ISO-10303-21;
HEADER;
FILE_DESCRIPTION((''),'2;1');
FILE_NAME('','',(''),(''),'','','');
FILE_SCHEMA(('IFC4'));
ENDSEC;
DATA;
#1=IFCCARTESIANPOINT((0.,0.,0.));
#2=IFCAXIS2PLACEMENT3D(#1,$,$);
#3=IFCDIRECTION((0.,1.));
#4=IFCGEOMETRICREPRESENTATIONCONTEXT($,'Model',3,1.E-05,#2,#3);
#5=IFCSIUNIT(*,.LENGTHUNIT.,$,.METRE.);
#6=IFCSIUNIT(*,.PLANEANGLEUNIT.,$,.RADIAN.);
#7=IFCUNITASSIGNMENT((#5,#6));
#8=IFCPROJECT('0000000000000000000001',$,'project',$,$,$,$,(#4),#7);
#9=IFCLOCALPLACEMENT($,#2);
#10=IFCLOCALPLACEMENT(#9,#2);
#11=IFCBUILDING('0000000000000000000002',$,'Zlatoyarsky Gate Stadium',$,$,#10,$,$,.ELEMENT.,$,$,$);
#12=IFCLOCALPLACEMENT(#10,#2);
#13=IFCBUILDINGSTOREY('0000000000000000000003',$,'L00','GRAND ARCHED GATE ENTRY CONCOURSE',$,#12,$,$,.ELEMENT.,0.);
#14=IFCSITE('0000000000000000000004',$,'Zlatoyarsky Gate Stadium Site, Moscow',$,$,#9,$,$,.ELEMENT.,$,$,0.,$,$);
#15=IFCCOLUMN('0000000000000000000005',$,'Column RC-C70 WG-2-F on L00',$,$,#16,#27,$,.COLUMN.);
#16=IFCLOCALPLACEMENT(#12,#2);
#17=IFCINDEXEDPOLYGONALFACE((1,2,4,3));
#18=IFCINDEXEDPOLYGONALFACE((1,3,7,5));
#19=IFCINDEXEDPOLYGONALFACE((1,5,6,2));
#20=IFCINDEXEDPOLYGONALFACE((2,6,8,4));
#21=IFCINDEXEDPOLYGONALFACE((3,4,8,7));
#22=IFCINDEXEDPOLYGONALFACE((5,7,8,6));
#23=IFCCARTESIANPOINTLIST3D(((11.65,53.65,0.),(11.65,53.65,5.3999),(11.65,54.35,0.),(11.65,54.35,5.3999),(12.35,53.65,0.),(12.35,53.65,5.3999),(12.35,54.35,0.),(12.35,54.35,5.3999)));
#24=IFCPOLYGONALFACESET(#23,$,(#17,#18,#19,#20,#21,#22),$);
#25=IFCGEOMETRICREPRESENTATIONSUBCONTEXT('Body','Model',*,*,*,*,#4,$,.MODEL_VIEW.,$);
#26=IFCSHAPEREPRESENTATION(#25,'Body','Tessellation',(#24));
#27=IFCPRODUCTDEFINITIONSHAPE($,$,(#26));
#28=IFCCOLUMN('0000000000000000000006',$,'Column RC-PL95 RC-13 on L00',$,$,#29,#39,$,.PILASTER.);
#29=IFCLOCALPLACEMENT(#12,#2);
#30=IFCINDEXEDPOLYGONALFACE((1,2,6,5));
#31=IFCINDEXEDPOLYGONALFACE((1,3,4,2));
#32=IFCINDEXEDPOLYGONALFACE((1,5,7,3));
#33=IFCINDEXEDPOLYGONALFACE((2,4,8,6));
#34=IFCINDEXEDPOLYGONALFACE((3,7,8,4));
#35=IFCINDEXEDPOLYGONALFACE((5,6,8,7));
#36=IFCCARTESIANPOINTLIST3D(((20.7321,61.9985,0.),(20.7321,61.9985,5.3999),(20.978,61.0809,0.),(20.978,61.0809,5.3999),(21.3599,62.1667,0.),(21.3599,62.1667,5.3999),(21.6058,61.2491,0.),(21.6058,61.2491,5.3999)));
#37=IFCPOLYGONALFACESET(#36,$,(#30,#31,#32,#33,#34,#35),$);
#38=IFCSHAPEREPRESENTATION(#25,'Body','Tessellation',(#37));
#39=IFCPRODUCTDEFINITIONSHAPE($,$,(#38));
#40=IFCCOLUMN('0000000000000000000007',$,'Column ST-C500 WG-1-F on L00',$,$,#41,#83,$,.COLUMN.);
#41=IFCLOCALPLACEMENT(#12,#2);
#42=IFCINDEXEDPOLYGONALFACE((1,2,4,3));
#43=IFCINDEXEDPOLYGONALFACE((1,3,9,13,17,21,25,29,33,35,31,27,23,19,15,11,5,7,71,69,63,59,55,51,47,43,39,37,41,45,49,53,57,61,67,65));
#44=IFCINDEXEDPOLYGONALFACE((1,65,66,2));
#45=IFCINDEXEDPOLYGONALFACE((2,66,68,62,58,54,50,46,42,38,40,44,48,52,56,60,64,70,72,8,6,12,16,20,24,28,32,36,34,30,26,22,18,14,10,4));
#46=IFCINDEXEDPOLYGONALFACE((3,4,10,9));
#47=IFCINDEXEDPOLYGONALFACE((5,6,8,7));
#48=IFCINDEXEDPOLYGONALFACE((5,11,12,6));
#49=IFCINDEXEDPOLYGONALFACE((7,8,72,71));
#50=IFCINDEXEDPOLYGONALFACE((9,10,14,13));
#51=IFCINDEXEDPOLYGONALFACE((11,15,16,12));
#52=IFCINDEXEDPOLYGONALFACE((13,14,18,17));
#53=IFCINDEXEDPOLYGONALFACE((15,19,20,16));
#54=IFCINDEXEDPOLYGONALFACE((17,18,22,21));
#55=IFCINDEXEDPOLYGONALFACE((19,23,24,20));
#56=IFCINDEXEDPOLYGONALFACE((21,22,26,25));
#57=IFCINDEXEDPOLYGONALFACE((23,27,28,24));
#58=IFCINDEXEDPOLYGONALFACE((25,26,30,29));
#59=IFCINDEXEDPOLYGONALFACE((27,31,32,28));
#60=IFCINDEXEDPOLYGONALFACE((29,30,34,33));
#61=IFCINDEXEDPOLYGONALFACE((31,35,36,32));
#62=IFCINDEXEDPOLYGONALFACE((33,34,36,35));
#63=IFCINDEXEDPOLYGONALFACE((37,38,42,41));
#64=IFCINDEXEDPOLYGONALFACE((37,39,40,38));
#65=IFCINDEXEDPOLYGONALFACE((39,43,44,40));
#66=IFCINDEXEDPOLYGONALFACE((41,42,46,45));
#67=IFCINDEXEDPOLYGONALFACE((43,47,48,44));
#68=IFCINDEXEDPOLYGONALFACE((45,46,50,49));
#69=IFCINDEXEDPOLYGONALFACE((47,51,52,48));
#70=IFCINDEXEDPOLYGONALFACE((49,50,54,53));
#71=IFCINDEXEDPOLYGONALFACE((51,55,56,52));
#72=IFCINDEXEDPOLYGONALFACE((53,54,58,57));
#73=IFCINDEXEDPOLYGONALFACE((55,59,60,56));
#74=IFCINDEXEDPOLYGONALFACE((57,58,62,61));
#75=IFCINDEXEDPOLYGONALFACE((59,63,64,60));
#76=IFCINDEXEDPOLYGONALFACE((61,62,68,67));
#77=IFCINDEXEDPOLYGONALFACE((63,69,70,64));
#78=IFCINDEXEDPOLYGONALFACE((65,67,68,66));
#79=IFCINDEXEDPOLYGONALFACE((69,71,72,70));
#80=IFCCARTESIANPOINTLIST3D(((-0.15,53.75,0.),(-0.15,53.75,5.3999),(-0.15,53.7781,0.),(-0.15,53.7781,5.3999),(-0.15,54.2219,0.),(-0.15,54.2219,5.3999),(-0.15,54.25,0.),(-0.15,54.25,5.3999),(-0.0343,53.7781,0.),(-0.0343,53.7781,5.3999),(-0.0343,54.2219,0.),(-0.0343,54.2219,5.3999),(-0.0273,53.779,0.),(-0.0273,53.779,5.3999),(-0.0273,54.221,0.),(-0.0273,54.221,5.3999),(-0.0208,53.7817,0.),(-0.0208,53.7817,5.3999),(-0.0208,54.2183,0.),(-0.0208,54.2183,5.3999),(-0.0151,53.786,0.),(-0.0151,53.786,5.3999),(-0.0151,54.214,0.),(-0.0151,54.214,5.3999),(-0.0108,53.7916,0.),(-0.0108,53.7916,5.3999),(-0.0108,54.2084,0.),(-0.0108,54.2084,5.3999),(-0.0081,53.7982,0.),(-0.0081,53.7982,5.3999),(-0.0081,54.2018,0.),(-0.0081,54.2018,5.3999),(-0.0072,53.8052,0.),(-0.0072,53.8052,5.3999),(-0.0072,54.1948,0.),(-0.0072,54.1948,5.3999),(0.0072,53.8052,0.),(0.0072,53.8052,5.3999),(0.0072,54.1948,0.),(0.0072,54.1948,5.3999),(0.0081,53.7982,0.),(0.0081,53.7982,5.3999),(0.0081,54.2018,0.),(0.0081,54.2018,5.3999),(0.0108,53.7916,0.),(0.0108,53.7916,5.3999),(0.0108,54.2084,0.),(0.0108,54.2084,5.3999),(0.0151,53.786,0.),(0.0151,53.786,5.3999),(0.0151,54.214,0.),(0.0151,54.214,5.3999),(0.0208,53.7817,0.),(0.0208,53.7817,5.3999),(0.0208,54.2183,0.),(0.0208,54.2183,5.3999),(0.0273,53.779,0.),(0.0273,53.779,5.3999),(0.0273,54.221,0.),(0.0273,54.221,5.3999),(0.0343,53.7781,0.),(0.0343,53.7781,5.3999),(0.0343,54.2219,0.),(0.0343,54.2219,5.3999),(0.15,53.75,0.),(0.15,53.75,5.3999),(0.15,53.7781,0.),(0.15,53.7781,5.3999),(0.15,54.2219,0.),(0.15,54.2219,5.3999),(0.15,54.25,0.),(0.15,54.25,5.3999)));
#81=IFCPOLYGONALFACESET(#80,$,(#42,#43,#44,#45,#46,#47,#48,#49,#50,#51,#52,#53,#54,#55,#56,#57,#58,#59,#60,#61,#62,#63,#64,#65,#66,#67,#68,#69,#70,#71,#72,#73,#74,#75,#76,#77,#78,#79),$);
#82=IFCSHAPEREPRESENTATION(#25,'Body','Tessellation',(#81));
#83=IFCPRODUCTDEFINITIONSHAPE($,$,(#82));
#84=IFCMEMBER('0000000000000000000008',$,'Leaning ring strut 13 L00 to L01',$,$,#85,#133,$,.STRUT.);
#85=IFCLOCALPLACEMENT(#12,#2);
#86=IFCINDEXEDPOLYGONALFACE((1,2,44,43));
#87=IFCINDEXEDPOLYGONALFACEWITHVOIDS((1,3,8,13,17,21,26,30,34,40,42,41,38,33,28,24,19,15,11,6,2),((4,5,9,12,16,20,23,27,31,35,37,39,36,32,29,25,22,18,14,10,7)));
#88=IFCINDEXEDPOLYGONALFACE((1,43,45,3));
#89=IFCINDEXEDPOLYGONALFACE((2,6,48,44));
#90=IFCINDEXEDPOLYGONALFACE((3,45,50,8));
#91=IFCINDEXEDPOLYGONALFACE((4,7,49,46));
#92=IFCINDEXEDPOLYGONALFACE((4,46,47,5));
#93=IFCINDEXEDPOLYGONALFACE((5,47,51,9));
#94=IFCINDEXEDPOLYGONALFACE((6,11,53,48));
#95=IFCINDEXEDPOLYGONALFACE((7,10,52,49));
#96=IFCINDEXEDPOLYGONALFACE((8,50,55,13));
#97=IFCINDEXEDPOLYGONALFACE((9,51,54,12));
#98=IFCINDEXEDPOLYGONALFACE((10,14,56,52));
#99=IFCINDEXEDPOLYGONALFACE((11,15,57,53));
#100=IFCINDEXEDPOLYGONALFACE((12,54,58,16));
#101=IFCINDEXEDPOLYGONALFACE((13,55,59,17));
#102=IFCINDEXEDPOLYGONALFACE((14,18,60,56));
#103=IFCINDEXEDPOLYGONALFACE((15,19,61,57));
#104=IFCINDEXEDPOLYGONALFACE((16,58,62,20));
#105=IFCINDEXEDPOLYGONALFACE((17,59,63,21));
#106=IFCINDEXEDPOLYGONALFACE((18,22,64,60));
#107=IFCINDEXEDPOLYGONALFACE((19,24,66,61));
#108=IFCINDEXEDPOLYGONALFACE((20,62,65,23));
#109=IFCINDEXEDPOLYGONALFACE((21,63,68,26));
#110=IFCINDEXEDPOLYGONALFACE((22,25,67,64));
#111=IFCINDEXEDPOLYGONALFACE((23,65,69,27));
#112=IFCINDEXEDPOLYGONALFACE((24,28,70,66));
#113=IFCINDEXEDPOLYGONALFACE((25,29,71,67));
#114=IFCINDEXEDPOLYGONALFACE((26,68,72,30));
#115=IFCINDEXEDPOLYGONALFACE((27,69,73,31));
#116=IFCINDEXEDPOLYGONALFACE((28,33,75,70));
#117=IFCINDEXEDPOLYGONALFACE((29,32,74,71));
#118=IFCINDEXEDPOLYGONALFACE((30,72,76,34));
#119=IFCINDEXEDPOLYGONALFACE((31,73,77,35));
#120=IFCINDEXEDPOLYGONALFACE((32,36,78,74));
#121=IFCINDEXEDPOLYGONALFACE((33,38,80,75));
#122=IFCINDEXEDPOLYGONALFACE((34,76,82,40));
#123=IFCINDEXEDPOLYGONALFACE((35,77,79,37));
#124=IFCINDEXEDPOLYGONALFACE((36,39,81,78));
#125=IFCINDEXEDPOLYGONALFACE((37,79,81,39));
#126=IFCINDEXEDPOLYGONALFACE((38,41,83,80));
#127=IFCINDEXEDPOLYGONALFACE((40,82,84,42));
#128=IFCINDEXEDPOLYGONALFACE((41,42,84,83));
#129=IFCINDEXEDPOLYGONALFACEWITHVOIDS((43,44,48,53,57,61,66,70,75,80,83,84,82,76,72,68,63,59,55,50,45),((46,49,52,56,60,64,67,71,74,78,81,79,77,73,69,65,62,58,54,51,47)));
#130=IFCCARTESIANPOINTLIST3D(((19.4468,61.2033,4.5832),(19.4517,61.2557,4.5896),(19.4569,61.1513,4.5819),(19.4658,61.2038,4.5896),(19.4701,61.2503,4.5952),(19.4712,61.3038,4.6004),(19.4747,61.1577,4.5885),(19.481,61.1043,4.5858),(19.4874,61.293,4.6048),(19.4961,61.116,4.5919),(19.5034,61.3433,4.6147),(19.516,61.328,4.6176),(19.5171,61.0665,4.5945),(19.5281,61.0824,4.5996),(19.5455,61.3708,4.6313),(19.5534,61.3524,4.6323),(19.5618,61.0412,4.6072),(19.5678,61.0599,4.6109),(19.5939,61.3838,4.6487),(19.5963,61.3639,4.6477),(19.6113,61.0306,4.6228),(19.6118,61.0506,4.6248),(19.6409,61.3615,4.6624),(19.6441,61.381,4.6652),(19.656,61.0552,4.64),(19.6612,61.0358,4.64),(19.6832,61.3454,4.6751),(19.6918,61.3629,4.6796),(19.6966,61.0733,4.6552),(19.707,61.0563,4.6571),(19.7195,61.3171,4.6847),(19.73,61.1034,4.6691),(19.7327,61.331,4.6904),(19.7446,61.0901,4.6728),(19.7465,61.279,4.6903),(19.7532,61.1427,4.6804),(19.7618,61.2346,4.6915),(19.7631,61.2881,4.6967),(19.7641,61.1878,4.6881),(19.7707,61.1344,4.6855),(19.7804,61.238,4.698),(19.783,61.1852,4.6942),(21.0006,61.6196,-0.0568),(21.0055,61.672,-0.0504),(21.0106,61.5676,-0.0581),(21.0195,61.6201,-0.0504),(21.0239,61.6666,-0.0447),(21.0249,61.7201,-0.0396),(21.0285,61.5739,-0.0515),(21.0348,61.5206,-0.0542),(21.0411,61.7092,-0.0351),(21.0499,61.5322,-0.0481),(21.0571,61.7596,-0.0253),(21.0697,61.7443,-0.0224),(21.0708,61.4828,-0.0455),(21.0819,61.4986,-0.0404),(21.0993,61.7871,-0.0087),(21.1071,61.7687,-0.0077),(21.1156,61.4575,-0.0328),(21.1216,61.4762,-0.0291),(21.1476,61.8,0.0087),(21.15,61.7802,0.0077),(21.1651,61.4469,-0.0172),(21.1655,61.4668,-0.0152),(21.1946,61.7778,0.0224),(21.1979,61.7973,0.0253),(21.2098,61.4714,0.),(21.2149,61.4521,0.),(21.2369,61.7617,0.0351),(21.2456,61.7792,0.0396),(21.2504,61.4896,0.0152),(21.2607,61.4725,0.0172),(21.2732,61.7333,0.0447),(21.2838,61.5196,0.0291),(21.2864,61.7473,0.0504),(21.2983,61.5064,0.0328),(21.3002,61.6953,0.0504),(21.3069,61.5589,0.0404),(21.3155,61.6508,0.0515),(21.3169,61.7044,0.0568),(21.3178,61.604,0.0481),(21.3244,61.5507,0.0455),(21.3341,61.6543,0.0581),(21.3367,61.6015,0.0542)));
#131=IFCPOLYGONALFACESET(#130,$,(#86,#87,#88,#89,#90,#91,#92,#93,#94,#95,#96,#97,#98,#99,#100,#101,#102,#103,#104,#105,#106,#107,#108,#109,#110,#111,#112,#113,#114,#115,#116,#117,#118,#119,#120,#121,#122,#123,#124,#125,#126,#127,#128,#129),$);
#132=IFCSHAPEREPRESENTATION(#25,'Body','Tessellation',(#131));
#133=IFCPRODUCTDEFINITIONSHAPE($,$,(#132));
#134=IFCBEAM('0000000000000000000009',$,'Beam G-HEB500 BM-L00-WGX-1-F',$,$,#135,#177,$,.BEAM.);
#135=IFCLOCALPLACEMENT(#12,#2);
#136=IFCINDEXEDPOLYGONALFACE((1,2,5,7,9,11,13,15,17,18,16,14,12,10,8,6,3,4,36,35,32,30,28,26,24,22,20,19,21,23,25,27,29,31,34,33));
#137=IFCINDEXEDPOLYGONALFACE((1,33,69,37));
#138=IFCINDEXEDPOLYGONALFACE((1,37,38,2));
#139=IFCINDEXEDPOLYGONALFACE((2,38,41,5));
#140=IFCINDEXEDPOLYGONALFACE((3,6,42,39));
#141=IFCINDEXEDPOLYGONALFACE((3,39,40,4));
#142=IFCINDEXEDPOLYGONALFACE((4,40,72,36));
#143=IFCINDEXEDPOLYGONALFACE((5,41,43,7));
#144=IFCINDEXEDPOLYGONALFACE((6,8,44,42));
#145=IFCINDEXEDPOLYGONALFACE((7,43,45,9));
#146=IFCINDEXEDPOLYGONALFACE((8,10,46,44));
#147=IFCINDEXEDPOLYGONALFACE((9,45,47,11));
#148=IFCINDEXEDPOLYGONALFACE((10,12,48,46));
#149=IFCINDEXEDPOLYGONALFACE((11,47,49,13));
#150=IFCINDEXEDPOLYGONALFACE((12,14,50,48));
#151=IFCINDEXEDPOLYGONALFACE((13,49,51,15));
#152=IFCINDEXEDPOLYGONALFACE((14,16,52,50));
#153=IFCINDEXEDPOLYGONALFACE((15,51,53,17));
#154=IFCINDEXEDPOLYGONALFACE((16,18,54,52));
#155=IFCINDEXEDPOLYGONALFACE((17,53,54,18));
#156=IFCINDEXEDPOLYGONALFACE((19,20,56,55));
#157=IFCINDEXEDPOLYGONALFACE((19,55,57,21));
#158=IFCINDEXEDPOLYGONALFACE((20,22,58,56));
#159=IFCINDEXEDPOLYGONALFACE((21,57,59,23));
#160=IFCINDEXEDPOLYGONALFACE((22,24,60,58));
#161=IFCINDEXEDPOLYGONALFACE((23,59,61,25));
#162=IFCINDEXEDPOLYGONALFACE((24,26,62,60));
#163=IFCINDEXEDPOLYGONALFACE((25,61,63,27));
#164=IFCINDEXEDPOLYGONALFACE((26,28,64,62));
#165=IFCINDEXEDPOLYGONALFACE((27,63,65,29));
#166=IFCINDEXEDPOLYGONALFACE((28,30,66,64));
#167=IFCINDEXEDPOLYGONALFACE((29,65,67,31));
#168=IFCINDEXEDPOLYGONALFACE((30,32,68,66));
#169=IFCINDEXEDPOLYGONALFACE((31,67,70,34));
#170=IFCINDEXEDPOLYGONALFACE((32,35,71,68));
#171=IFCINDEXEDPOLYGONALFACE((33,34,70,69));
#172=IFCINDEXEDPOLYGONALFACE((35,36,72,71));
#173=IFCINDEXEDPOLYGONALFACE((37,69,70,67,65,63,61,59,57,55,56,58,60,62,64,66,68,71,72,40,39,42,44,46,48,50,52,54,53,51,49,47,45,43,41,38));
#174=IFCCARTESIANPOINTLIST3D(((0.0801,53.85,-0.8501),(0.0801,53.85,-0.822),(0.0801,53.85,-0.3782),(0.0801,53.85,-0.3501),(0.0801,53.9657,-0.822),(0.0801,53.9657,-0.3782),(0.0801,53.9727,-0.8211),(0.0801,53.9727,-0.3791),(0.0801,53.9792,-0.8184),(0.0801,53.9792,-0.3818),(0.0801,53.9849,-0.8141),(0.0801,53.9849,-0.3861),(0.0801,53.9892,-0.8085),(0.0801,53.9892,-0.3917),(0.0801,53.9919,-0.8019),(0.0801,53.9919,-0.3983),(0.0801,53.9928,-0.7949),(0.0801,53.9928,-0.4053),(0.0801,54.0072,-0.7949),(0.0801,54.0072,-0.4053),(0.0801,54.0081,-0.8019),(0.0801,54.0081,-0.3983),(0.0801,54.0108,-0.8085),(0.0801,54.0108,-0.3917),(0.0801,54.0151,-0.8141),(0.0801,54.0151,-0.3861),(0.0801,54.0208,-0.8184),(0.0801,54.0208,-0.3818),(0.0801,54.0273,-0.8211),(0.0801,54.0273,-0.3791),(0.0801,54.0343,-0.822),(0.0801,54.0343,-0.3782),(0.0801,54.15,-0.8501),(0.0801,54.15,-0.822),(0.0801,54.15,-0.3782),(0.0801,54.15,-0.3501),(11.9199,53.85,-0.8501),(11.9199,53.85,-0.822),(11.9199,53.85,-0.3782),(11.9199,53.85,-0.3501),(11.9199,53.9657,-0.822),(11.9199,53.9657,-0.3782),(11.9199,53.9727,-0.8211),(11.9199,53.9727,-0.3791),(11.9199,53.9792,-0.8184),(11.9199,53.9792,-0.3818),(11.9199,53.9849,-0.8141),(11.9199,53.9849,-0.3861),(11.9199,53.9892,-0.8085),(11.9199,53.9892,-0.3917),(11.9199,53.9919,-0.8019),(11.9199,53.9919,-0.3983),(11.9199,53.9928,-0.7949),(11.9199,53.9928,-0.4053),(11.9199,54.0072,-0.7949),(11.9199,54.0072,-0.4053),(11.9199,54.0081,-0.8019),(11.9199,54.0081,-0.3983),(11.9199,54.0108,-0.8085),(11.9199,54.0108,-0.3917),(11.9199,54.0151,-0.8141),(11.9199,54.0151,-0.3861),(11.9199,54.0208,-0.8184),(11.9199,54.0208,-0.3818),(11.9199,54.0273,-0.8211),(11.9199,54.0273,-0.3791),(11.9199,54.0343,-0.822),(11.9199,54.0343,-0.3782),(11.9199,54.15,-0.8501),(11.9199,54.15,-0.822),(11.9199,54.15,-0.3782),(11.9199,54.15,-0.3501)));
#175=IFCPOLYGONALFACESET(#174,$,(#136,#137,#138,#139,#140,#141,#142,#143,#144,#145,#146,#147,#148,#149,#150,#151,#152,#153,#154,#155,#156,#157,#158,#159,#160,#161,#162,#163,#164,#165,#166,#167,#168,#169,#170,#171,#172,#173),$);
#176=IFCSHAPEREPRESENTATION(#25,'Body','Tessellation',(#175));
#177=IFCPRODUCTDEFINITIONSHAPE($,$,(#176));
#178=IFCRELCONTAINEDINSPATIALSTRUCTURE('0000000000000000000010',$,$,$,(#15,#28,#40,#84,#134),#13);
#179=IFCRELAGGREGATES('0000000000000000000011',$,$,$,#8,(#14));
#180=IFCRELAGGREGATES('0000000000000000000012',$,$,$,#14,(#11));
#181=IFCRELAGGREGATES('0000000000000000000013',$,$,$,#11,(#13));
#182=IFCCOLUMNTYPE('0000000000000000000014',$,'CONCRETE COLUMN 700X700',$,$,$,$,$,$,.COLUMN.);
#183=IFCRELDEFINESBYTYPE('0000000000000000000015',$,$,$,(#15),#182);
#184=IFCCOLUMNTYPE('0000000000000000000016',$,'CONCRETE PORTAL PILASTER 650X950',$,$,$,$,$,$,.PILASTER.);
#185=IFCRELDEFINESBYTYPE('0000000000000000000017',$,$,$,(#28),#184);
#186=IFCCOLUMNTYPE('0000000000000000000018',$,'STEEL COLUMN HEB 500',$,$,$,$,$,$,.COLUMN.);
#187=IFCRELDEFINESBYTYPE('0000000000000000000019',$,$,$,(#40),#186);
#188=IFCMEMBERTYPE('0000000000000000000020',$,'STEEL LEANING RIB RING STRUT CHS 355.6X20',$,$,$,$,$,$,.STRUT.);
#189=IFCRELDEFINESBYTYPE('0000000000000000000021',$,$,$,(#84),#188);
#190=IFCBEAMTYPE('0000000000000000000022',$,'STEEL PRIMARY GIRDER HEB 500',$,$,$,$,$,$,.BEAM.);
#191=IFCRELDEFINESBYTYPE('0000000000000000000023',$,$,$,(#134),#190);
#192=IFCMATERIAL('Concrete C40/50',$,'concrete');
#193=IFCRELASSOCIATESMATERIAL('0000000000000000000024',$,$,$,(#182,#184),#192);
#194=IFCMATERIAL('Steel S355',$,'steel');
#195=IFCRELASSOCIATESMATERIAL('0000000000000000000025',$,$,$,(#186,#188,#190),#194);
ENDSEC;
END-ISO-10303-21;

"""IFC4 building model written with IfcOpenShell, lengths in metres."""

from ifc_helpers import new_model, si_unit, direction, frame, origin, origin_2d, place, context, subcontext, project, spatial, rectangle, hollow_circle, i_section, extrude, material, material_profile, profile_set, type_object, element, save


model = new_model("IFC4")

# Units and contexts
model_context = context("Model", 3, precision=1e-05, world=origin(), true_north=direction((0.0, 1.0)))
body_context = subcontext(model_context, "Body", "Model", "MODEL_VIEW")
ifc_project = project(units=[si_unit("LENGTHUNIT", "METRE"), si_unit("PLANEANGLEUNIT", "RADIAN")], contexts=[model_context])

# Site, building, storey
site_placement = place(None, origin())
site = spatial("IfcSite", under=ifc_project, at=site_placement, Name="Zlatoyarsky Gate Stadium Site, Moscow", CompositionType="ELEMENT", RefElevation=0.0)
building_placement = place(site_placement, origin())
building = spatial("IfcBuilding", under=site, at=building_placement, Name="Zlatoyarsky Gate Stadium", CompositionType="ELEMENT")
storey_placement = place(building_placement, origin())
storey = spatial("IfcBuildingStorey", under=building, at=storey_placement, Name="L00", Description="GRAND ARCHED GATE ENTRY CONCOURSE", CompositionType="ELEMENT", Elevation=0.0)

# Columns
ifc_material_1 = material(Name="Concrete C40/50", Category="concrete")
ifc_material_profile_1 = material_profile(ifc_material_1, rectangle(XDim=0.7, YDim=0.7, at=origin_2d()), Name="RC COL 700X700")
ifc_profile_set_1 = profile_set([ifc_material_profile_1], Name="Concrete C40/50")
column_type_1 = type_object("IfcColumnType", Name="CONCRETE COLUMN 700X700", PredefinedType="COLUMN", material=ifc_profile_set_1)
column_1_placement = place(storey_placement, frame((12.0, 54.0, 0.0), z_axis=(0.0, 0.0, 1.0), x_axis=(1.0, 0.0, 0.0)))
element("IfcColumn", 1, at=column_1_placement, inside=storey, type_object=column_type_1, Name="Column RC-C70 WG-2-F on L00", PredefinedType="COLUMN", context=body_context, shape_type="SweptSolid", body=[
    extrude(rectangle(XDim=0.7, YDim=0.7, at=origin_2d()), origin(), (0.0, 0.0, 1.0), 5.3999),
])
ifc_material_profile_2 = material_profile(ifc_material_1, rectangle(XDim=0.6499, YDim=0.95, at=origin_2d()), Name="RC PILASTER 650X950")
ifc_profile_set_2 = profile_set([ifc_material_profile_2], Name="Concrete C40/50")
column_type_2 = type_object("IfcColumnType", Name="CONCRETE PORTAL PILASTER 650X950", PredefinedType="PILASTER", material=ifc_profile_set_2)
column_2_placement = place(storey_placement, frame((21.1689, 61.6238, 0.0), z_axis=(0.0, 0.0, 1.0), x_axis=(-0.965926, -0.258819, 0.0)))
element("IfcColumn", 2, at=column_2_placement, inside=storey, type_object=column_type_2, Name="Column RC-PL95 RC-13 on L00", PredefinedType="PILASTER", context=body_context, shape_type="SweptSolid", body=[
    extrude(rectangle(XDim=0.6499, YDim=0.95, at=origin_2d()), origin(), (0.0, 0.0, 1.0), 5.3999),
])
ifc_material_2 = material(Name="Steel S355", Category="steel")
ifc_material_profile_3 = material_profile(ifc_material_2, i_section(OverallWidth=0.3, OverallDepth=0.5, WebThickness=0.0144, FlangeThickness=0.0281, FilletRadius=0.0271, at=origin_2d()), Name="HEB 500")
ifc_profile_set_3 = profile_set([ifc_material_profile_3], Name="Steel S355")
column_type_3 = type_object("IfcColumnType", Name="STEEL COLUMN HEB 500", PredefinedType="COLUMN", material=ifc_profile_set_3)
column_3_placement = place(storey_placement, frame((0.0, 54.0, 0.0), z_axis=(0.0, 0.0, 1.0), x_axis=(1.0, 0.0, 0.0)))
element("IfcColumn", 3, at=column_3_placement, inside=storey, type_object=column_type_3, Name="Column ST-C500 WG-1-F on L00", PredefinedType="COLUMN", context=body_context, shape_type="SweptSolid", body=[
    extrude(i_section(OverallWidth=0.3, OverallDepth=0.5, WebThickness=0.0144, FlangeThickness=0.0281, FilletRadius=0.0271, at=origin_2d()), origin(), (0.0, 0.0, 1.0), 5.3999),
])

# Member
ifc_material_profile_4 = material_profile(ifc_material_2, hollow_circle(Radius=0.1777, WallThickness=0.02, at=origin_2d()), Name="CHS 355.6X20")
ifc_profile_set_4 = profile_set([ifc_material_profile_4], Name="Steel S355")
member_type = type_object("IfcMemberType", Name="STEEL LEANING RIB RING STRUT CHS 355.6X20", PredefinedType="STRUT", material=ifc_profile_set_4)
member_placement = place(storey_placement, frame((21.1689, 61.6238, 0.0), z_axis=(-0.316387, -0.084764, 0.944836), x_axis=(0.258787, -0.965935, 0.0)))
element("IfcMember", 4, at=member_placement, inside=storey, type_object=member_type, Name="Leaning ring strut 13 L00 to L01", PredefinedType="STRUT", context=body_context, shape_type="SweptSolid", body=[
    extrude(hollow_circle(Radius=0.1777, WallThickness=0.02, at=origin_2d()), origin(), (0.0, 0.0, 1.0), 4.9109),
])

# Beam
ifc_material_profile_5 = material_profile(ifc_material_2, i_section(OverallWidth=0.3, OverallDepth=0.5, WebThickness=0.0144, FlangeThickness=0.0281, FilletRadius=0.0271, at=origin_2d()), Name="HEB 500")
ifc_profile_set_5 = profile_set([ifc_material_profile_5], Name="Steel S355")
beam_type_1 = type_object("IfcBeamType", Name="STEEL PRIMARY GIRDER HEB 500", PredefinedType="BEAM", material=ifc_profile_set_5)
beam_1_placement = place(storey_placement, frame((0.0801, 54.0, -0.6001), z_axis=(1.0, 0.0, 0.0), x_axis=(0.0, 1.0, 0.0)))
element("IfcBeam", 5, at=beam_1_placement, inside=storey, type_object=beam_type_1, Name="Beam G-HEB500 BM-L00-WGX-1-F", PredefinedType="BEAM", context=body_context, shape_type="SweptSolid", body=[
    extrude(i_section(OverallWidth=0.3, OverallDepth=0.5, WebThickness=0.0144, FlangeThickness=0.0281, FilletRadius=0.0271, at=origin_2d()), origin(), (0.0, 0.0, 1.0), 11.8398),
])

save(model, "model.ifc")
